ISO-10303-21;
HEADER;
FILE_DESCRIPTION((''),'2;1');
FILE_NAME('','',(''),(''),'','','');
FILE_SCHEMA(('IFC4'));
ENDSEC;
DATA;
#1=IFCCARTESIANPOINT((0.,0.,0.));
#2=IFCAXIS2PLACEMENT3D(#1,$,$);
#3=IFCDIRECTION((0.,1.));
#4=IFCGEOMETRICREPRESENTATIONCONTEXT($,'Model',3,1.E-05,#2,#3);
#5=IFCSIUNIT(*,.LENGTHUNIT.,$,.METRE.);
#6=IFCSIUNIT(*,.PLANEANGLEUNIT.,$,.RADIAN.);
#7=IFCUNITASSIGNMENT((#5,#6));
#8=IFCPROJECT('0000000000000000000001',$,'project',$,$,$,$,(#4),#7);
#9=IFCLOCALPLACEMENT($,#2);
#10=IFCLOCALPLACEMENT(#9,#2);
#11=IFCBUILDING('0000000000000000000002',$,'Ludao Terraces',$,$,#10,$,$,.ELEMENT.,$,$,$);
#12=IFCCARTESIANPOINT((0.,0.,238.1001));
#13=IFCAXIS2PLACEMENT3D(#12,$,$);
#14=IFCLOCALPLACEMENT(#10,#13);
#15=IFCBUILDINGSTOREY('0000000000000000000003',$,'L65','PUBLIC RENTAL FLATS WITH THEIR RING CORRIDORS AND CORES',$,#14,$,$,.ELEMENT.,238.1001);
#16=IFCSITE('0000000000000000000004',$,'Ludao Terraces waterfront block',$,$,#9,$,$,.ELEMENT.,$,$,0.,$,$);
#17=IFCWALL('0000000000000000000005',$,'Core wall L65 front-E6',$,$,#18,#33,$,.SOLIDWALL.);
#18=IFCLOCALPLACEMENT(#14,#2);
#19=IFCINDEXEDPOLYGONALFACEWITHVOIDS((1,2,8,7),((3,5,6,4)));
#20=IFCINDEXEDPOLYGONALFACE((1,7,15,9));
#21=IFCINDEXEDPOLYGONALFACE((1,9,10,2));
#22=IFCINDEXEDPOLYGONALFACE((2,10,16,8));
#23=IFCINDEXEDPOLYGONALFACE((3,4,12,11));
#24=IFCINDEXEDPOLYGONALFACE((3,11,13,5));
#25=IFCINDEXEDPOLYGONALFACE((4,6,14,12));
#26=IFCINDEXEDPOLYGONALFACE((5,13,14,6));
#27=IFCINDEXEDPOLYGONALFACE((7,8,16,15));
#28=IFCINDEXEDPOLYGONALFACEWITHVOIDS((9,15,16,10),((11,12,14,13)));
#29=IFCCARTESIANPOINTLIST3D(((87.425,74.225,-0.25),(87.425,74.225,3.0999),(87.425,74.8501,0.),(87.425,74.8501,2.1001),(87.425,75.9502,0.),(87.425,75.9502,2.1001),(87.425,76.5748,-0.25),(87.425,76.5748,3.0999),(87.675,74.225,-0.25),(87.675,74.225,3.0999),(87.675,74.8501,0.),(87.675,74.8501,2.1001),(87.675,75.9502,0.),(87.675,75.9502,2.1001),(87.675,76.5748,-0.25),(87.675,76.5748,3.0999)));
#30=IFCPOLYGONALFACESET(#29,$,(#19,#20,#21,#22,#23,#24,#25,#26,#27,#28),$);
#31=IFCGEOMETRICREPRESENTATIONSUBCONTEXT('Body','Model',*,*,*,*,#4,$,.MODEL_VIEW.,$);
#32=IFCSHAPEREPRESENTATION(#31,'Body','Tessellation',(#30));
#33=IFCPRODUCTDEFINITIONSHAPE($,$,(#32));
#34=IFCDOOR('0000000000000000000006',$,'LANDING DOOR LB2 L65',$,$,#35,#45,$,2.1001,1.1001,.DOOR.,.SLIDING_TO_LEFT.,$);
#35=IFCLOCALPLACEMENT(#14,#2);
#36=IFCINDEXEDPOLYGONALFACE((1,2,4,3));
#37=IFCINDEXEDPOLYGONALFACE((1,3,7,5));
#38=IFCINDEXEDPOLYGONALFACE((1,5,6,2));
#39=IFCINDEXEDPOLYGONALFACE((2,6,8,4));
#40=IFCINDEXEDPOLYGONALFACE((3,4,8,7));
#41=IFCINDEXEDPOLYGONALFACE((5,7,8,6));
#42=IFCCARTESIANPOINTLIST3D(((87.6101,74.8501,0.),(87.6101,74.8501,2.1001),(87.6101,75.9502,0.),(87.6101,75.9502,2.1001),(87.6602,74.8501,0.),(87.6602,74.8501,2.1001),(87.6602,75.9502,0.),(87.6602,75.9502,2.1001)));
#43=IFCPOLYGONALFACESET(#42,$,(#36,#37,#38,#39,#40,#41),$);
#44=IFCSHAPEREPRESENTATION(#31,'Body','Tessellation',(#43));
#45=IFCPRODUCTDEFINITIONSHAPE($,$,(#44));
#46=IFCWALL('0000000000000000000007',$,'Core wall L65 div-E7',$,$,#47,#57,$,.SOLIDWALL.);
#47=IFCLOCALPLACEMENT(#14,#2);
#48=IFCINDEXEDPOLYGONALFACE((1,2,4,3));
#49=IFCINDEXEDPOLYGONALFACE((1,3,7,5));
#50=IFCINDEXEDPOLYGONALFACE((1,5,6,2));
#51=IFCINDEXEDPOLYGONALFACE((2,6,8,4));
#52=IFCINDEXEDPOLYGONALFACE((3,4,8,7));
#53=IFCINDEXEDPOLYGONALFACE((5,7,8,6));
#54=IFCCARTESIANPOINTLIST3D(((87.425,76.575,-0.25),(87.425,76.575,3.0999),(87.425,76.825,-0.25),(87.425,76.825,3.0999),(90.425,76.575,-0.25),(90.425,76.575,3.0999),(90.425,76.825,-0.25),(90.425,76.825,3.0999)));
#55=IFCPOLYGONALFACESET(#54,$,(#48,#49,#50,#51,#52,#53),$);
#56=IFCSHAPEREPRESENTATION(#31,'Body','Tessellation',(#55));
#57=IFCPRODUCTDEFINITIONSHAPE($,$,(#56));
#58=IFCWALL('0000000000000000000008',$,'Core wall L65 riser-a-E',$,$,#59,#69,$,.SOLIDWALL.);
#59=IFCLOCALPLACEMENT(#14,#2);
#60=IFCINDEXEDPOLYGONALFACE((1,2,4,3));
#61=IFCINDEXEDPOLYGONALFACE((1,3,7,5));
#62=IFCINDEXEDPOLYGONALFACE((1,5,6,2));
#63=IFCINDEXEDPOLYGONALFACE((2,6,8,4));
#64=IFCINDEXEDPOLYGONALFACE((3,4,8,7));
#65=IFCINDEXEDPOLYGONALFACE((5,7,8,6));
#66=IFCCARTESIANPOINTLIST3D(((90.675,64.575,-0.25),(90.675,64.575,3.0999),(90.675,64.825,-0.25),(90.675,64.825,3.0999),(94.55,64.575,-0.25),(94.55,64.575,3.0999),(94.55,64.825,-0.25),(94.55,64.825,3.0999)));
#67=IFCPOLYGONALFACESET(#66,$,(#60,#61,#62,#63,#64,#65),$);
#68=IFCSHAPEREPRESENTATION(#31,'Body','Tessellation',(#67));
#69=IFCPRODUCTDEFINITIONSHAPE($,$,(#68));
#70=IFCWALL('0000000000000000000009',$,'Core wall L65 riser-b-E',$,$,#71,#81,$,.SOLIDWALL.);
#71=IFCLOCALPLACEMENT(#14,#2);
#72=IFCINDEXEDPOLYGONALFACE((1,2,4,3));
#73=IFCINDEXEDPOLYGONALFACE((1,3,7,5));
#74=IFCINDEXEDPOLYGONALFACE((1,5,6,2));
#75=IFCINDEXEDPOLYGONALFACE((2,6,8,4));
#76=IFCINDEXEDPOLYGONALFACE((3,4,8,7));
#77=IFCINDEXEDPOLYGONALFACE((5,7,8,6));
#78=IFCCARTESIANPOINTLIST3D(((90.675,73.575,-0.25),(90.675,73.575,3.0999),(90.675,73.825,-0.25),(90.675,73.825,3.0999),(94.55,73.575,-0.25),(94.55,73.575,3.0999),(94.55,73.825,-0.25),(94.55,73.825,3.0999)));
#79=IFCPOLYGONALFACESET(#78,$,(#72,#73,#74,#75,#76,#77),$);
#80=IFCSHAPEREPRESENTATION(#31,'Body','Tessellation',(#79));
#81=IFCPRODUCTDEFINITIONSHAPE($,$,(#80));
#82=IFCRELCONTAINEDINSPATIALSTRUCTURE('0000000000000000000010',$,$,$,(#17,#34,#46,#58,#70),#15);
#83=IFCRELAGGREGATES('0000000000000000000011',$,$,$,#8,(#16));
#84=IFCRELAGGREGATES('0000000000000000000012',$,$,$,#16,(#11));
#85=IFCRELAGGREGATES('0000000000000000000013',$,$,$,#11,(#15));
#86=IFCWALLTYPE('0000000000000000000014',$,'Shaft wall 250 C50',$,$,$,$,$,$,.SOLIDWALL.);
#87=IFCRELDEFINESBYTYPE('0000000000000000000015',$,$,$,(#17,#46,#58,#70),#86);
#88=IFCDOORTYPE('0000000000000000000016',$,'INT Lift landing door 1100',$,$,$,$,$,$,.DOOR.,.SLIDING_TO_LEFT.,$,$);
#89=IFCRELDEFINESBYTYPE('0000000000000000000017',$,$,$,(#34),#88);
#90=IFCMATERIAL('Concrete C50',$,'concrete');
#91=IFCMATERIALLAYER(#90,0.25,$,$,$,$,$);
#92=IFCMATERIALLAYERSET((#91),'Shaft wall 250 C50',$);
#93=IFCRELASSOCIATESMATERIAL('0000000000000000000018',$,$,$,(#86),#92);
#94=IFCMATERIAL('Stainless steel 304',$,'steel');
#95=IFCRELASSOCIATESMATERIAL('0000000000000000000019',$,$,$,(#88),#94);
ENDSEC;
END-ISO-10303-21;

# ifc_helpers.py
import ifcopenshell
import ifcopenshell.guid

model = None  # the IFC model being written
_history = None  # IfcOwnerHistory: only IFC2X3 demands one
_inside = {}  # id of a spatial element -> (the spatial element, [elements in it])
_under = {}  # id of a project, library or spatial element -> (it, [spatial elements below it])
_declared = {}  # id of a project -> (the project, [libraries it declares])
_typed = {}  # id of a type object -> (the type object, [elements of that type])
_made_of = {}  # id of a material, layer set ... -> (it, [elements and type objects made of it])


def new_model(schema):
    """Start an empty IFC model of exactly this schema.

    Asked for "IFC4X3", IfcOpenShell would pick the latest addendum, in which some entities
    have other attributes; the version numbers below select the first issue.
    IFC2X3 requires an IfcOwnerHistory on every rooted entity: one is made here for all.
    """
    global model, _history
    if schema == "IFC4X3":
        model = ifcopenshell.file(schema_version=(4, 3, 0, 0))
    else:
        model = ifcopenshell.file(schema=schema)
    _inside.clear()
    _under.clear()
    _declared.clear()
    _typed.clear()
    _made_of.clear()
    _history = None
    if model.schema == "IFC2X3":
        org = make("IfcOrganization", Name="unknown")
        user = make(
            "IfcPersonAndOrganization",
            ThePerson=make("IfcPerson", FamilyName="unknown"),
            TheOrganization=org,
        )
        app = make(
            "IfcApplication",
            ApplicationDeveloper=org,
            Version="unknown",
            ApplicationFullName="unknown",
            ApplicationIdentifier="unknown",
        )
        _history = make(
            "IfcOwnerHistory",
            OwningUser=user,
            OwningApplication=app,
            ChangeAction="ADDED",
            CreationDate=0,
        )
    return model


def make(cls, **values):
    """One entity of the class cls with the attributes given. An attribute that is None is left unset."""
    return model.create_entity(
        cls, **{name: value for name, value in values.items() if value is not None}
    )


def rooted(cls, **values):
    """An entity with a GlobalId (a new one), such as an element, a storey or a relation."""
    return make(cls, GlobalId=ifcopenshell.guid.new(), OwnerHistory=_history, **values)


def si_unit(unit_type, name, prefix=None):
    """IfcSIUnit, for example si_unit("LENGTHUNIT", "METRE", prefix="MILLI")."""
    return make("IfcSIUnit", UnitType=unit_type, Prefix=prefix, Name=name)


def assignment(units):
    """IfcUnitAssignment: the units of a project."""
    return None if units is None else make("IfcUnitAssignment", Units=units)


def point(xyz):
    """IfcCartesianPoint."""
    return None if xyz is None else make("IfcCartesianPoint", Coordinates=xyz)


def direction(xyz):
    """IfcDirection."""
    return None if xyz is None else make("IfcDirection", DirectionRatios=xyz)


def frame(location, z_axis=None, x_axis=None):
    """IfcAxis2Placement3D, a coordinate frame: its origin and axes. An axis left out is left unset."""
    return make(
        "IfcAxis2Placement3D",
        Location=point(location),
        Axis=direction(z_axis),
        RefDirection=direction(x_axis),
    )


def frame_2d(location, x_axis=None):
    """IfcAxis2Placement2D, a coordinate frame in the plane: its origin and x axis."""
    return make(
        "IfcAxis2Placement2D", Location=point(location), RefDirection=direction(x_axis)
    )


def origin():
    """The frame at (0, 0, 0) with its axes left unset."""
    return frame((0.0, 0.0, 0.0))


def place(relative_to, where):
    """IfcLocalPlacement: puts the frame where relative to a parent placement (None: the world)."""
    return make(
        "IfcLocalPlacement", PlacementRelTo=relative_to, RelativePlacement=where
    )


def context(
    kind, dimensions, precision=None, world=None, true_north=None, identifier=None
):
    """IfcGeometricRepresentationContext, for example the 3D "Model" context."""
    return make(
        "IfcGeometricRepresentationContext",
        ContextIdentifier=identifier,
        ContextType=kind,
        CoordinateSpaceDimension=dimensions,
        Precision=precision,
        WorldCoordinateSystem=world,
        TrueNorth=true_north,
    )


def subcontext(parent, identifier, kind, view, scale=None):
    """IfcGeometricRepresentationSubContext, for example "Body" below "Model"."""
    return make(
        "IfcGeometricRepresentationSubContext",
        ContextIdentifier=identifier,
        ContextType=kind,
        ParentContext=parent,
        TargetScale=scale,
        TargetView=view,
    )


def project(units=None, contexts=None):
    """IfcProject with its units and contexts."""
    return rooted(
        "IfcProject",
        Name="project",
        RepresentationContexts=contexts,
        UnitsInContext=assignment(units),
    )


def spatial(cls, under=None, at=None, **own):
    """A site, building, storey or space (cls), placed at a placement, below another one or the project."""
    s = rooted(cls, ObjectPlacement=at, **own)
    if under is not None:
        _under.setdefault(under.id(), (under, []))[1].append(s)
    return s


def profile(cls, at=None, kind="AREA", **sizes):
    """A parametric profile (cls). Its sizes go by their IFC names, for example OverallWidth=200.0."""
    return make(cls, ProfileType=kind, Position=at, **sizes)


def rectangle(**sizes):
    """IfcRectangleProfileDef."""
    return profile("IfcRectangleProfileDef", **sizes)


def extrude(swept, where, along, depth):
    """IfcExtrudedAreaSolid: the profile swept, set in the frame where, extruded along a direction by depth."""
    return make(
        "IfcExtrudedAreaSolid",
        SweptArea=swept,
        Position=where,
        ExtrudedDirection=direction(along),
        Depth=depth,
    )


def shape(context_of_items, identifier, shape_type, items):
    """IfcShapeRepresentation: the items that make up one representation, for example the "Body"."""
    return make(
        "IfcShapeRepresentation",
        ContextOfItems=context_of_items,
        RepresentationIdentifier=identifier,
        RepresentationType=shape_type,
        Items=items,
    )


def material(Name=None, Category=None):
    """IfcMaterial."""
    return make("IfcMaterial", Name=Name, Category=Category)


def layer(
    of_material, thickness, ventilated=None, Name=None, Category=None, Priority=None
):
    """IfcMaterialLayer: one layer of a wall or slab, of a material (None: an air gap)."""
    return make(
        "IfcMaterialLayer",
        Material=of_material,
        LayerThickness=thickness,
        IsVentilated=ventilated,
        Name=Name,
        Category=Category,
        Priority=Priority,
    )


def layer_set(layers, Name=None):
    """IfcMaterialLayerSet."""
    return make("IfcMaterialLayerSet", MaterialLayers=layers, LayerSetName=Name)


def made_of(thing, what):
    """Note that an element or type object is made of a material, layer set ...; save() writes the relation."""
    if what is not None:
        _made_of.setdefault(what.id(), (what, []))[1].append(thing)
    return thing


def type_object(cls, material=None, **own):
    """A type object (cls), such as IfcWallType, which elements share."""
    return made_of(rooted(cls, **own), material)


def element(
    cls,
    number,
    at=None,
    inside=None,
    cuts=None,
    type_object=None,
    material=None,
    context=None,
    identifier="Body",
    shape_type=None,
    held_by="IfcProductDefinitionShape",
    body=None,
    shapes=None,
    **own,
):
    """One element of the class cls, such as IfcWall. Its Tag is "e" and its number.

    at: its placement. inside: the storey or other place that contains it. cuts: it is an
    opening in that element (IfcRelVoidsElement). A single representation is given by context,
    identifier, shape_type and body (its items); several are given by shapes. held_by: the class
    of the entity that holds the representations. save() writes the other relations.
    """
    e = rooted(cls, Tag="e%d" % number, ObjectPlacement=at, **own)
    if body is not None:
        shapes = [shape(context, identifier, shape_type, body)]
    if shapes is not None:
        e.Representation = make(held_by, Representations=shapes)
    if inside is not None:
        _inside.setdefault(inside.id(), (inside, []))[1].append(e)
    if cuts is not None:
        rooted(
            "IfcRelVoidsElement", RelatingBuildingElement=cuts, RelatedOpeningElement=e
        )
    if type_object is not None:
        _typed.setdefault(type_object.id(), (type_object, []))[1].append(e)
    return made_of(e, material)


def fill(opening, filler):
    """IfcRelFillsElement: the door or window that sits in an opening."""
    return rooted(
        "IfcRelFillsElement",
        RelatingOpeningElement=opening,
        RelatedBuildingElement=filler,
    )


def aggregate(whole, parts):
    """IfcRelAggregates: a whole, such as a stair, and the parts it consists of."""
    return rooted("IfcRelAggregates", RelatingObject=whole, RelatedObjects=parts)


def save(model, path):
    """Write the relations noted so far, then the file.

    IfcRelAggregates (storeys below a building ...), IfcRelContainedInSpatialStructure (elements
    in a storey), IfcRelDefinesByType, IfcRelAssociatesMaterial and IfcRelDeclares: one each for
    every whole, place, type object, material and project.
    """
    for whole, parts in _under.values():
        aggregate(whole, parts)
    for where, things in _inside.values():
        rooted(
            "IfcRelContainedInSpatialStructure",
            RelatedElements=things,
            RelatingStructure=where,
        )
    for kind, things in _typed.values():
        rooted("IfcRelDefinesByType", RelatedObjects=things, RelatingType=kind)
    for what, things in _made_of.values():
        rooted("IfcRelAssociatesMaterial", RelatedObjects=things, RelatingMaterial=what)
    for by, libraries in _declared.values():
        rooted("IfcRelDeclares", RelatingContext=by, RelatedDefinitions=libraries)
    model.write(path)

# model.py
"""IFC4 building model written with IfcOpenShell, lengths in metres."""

from ifc_helpers import new_model, si_unit, direction, frame, frame_2d, origin, place, context, subcontext, project, spatial, rectangle, extrude, material, layer, layer_set, type_object, element, fill, save


model = new_model("IFC4")

# Units and contexts
model_context = context("Model", 3, precision=1e-05, world=origin(), true_north=direction((0.0, 1.0)))
body_context = subcontext(model_context, "Body", "Model", "MODEL_VIEW")
ifc_project = project(units=[si_unit("LENGTHUNIT", "METRE"), si_unit("PLANEANGLEUNIT", "RADIAN")], contexts=[model_context])

# Site, building, storey
site_placement = place(None, origin())
site = spatial("IfcSite", under=ifc_project, at=site_placement, Name="Ludao Terraces waterfront block", CompositionType="ELEMENT", RefElevation=0.0)
building_placement = place(site_placement, origin())
building = spatial("IfcBuilding", under=site, at=building_placement, Name="Ludao Terraces", CompositionType="ELEMENT")
storey_placement = place(building_placement, frame((0.0, 0.0, 238.1001)))
storey = spatial("IfcBuildingStorey", under=building, at=storey_placement, Name="L65", Description="PUBLIC RENTAL FLATS WITH THEIR RING CORRIDORS AND CORES", CompositionType="ELEMENT", Elevation=238.1001)

# Shared definitions
ifc_material_1 = material(Name="Concrete C50", Category="concrete")
ifc_layer_1 = layer(ifc_material_1, 0.25)
ifc_layer_set_1 = layer_set([ifc_layer_1], Name="Shaft wall 250 C50")
wall_type_1 = type_object("IfcWallType", Name="Shaft wall 250 C50", PredefinedType="SOLIDWALL", material=ifc_layer_set_1)

# Shared definitions
ifc_material_2 = material(Name="Stainless steel 304", Category="steel")
door_type_1 = type_object("IfcDoorType", Name="INT Lift landing door 1100", OperationType="SLIDING_TO_LEFT", PredefinedType="DOOR", material=ifc_material_2)

# Wall, opening, door
wall_1_placement = place(storey_placement, frame((87.55, 74.2251, -0.25), z_axis=(0.0, 0.0, 1.0), x_axis=(0.0, 1.0, 0.0)))
wall_1 = element("IfcWall", 1, at=wall_1_placement, inside=storey, type_object=wall_type_1, Name="Core wall L65 front-E6", PredefinedType="SOLIDWALL", context=body_context, shape_type="SweptSolid", body=[
    extrude(rectangle(XDim=2.3499, YDim=0.25, at=frame_2d((1.1748, 0.0))), origin(), (0.0, 0.0, 1.0), 3.3499),
])
opening_1_placement = place(wall_1_placement, frame((0.625, 0.0, 0.25)))
opening_1 = element("IfcOpeningElement", 2, at=opening_1_placement, cuts=wall_1, PredefinedType="OPENING", context=body_context, shape_type="SweptSolid", body=[
    extrude(rectangle(XDim=1.1001, YDim=2.1001, at=frame_2d((0.55, 1.05))), frame((0.0, 0.135, 0.0), z_axis=(0.0, -1.0, 0.0), x_axis=(1.0, 0.0, 0.0)), (0.0, 0.0, 1.0), 0.27),
])
door_1_placement = place(opening_1_placement, origin())
door_1 = element("IfcDoor", 3, at=door_1_placement, inside=storey, type_object=door_type_1, Name="LANDING DOOR LB2 L65", OperationType="SLIDING_TO_LEFT", OverallHeight=2.1001, OverallWidth=1.1001, PredefinedType="DOOR", context=body_context, shape_type="SweptSolid", body=[
    extrude(rectangle(XDim=1.1001, YDim=2.1001, at=frame_2d((0.55, 1.05))), frame((0.0, -0.0601, 0.0), z_axis=(0.0, -1.0, 0.0), x_axis=(1.0, 0.0, 0.0)), (0.0, 0.0, 1.0), 0.05),
])
fill(opening_1, door_1)

# Walls
wall_2_placement = place(storey_placement, frame((87.425, 76.7, -0.25), z_axis=(0.0, 0.0, 1.0), x_axis=(1.0, 0.0, 0.0)))
element("IfcWall", 4, at=wall_2_placement, inside=storey, type_object=wall_type_1, Name="Core wall L65 div-E7", PredefinedType="SOLIDWALL", context=body_context, shape_type="SweptSolid", body=[
    extrude(rectangle(XDim=3.0, YDim=0.25, at=frame_2d((1.5, 0.0))), origin(), (0.0, 0.0, 1.0), 3.3499),
])
for number, where, z_axis, x_axis, name in (
    (5, (90.675, 64.7, -0.25), (0.0, 0.0, 1.0), (1.0, 0.0, 0.0), "Core wall L65 riser-a-E"),
    (6, (90.675, 73.7, -0.25), (0.0, 0.0, 1.0), (1.0, 0.0, 0.0), "Core wall L65 riser-b-E"),
):
    element("IfcWall", number, at=place(storey_placement, frame(where, z_axis=z_axis, x_axis=x_axis)), inside=storey, type_object=wall_type_1, Name=name, PredefinedType="SOLIDWALL", context=body_context, shape_type="SweptSolid", body=[
        extrude(rectangle(XDim=3.875, YDim=0.25, at=frame_2d((1.9375, 0.0))), origin(), (0.0, 0.0, 1.0), 3.3499),
    ])

save(model, "model.ifc")
